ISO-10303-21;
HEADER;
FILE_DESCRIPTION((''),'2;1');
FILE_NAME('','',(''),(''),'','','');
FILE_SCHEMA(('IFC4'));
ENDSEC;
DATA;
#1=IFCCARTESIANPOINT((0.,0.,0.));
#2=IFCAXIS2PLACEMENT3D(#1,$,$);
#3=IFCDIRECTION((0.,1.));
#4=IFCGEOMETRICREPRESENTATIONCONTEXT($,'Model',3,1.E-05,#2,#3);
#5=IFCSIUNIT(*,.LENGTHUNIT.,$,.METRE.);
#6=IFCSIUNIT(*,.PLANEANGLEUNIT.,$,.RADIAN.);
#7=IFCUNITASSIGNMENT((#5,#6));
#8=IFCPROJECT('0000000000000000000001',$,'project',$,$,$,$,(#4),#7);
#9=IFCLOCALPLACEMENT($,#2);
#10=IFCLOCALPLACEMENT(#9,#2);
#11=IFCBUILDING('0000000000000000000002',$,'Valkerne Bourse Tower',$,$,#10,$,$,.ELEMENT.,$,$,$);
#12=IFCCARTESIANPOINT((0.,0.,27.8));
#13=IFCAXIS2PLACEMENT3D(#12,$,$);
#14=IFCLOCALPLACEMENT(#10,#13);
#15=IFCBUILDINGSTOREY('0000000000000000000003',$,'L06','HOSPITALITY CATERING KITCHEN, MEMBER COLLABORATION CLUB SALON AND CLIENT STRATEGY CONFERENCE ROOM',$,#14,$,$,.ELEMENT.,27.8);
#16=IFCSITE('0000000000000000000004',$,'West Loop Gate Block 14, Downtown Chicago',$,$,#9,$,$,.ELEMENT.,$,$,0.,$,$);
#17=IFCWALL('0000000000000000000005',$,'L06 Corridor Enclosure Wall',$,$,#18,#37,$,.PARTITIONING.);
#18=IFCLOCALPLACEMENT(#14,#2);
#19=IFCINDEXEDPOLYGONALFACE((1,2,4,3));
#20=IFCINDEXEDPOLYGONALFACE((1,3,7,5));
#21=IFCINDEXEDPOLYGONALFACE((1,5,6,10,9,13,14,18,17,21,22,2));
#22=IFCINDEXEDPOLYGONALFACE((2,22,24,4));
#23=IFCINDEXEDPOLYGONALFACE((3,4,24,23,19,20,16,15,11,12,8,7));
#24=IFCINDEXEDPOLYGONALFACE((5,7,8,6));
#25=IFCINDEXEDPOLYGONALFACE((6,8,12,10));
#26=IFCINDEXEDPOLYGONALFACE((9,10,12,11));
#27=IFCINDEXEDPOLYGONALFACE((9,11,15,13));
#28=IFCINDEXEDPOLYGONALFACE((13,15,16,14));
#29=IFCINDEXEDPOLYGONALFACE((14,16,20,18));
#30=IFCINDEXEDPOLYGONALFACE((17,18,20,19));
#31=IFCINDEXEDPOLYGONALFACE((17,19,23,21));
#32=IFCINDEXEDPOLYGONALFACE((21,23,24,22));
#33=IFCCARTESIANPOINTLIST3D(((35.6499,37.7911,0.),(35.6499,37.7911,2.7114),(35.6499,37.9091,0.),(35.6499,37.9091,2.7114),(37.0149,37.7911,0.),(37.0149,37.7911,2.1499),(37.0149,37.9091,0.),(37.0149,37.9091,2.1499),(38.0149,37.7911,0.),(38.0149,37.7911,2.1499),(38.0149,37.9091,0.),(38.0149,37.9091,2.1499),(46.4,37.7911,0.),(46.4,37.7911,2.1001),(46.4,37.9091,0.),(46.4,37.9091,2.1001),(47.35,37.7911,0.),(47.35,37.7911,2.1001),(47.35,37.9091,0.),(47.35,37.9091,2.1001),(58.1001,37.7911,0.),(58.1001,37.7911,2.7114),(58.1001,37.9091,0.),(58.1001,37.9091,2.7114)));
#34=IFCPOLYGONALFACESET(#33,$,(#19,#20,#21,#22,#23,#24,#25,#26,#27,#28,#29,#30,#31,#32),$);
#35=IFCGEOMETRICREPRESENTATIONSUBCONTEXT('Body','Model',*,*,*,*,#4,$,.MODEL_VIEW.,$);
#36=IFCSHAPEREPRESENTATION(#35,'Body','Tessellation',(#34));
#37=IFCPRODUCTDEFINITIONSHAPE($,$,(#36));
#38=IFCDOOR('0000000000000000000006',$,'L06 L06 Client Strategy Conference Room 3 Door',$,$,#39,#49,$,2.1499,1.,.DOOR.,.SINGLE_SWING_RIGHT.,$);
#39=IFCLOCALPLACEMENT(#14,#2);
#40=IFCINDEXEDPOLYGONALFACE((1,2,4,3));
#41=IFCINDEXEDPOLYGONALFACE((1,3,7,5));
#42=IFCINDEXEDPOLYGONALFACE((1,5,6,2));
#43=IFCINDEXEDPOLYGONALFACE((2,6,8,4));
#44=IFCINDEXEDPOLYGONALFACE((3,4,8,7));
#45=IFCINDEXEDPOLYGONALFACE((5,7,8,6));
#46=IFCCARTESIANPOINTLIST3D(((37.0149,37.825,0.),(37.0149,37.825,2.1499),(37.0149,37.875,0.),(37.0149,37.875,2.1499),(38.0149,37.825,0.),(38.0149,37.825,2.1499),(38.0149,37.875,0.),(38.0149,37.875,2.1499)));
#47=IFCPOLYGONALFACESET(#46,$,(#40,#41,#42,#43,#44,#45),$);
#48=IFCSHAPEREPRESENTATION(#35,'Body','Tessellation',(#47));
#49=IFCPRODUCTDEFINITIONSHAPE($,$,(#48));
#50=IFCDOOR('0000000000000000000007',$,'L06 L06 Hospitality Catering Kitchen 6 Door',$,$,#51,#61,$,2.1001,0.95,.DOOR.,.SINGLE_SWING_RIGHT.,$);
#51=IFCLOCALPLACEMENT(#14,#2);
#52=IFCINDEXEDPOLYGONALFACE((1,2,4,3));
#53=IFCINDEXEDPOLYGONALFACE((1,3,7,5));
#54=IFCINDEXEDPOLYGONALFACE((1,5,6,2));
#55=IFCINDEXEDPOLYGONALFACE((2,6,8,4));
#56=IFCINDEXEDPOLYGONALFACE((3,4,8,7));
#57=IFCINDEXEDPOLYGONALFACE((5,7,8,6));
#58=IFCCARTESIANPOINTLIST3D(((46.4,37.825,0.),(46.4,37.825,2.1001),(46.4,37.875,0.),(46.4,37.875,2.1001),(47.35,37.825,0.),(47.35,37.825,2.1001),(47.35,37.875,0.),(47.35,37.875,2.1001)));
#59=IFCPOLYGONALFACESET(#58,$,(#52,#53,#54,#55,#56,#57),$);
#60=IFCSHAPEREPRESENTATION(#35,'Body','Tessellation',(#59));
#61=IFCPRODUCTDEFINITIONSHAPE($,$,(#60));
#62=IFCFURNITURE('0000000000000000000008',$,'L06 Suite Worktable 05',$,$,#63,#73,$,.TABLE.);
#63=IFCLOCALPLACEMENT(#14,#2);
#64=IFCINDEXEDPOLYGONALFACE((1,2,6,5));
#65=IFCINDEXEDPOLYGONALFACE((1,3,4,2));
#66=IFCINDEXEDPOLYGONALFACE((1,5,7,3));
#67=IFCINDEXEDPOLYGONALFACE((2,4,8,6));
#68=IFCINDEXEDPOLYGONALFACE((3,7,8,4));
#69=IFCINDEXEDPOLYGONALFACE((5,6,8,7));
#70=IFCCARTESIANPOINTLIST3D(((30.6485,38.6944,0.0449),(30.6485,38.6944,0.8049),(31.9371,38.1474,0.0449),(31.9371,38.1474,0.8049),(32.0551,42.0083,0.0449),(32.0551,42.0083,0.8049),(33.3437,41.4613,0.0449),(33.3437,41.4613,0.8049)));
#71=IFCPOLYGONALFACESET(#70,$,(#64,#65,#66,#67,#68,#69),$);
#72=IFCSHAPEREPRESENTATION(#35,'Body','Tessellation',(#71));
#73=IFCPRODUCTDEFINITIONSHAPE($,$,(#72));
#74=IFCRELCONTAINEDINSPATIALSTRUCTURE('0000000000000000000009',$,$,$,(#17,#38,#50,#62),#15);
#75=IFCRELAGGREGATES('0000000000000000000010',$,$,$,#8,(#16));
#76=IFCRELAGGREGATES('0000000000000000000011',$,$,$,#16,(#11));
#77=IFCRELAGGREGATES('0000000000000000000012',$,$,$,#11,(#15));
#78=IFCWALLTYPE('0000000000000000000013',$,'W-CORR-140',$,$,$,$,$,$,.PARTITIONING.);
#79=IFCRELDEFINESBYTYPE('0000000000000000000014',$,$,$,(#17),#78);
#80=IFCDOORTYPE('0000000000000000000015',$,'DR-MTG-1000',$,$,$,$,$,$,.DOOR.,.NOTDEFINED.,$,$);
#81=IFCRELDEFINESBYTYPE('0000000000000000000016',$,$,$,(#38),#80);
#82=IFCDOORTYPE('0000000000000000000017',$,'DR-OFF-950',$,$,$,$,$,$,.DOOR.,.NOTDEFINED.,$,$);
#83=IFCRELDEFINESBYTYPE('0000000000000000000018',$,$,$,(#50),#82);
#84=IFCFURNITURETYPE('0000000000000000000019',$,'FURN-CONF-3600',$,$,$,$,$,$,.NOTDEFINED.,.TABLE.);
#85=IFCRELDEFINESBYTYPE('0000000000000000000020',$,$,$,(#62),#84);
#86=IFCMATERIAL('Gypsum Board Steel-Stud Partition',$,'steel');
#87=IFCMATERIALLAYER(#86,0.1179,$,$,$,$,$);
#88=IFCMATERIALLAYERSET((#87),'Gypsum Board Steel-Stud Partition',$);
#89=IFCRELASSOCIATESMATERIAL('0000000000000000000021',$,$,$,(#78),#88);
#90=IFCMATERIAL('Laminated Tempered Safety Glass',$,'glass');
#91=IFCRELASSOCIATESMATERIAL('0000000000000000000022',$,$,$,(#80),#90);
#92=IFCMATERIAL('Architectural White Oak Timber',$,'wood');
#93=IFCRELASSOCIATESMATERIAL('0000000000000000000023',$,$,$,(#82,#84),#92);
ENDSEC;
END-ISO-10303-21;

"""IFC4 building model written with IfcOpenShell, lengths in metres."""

from ifc_helpers import new_model, si_unit, direction, frame, frame_2d, origin, origin_2d, place, context, subcontext, project, spatial, rectangle, extrude, material, layer, layer_set, type_object, element, fill, save


model = new_model("IFC4")

# Units and contexts
model_context = context("Model", 3, precision=1e-05, world=origin(), true_north=direction((0.0, 1.0)))
body_context = subcontext(model_context, "Body", "Model", "MODEL_VIEW")
ifc_project = project(units=[si_unit("LENGTHUNIT", "METRE"), si_unit("PLANEANGLEUNIT", "RADIAN")], contexts=[model_context])

# Site, building, storey
site_placement = place(None, origin())
site = spatial("IfcSite", under=ifc_project, at=site_placement, Name="West Loop Gate Block 14, Downtown Chicago", CompositionType="ELEMENT", RefElevation=0.0)
building_placement = place(site_placement, origin())
building = spatial("IfcBuilding", under=site, at=building_placement, Name="Valkerne Bourse Tower", CompositionType="ELEMENT")
storey_placement = place(building_placement, frame((0.0, 0.0, 27.8)))
storey = spatial("IfcBuildingStorey", under=building, at=storey_placement, Name="L06", Description="HOSPITALITY CATERING KITCHEN, MEMBER COLLABORATION CLUB SALON AND CLIENT STRATEGY CONFERENCE ROOM", CompositionType="ELEMENT", Elevation=27.8)

# Wall, openings, doors
ifc_material_1 = material(Name="Gypsum Board Steel-Stud Partition", Category="steel")
ifc_layer_1 = layer(ifc_material_1, 0.1179)
ifc_layer_set_1 = layer_set([ifc_layer_1], Name="Gypsum Board Steel-Stud Partition")
wall_type = type_object("IfcWallType", Name="W-CORR-140", PredefinedType="PARTITIONING", material=ifc_layer_set_1)
wall_placement = place(storey_placement, frame((35.6499, 37.8501, 0.0), z_axis=(0.0, 0.0, 1.0), x_axis=(1.0, 0.0, 0.0)))
wall = element("IfcWall", 1, at=wall_placement, inside=storey, type_object=wall_type, Name="L06 Corridor Enclosure Wall", PredefinedType="PARTITIONING", context=body_context, shape_type="SweptSolid", body=[
    extrude(rectangle(XDim=22.4502, YDim=0.1179, at=frame_2d((11.2251, 0.0))), origin(), (0.0, 0.0, 1.0), 2.7114),
])
opening_1_placement = place(wall_placement, frame((1.365, 0.0, 0.0)))
opening_1 = element("IfcOpeningElement", 2, at=opening_1_placement, cuts=wall, PredefinedType="OPENING", context=body_context, shape_type="SweptSolid", body=[
    extrude(rectangle(XDim=1.0, YDim=2.1499, at=frame_2d((0.5, 1.075))), frame((0.0, 0.0688, 0.0), z_axis=(0.0, -1.0, 0.0), x_axis=(1.0, 0.0, 0.0)), (0.0, 0.0, 1.0), 0.1379),
])
opening_2_placement = place(wall_placement, frame((10.75, 0.0, 0.0)))
opening_2 = element("IfcOpeningElement", 3, at=opening_2_placement, cuts=wall, PredefinedType="OPENING", context=body_context, shape_type="SweptSolid", body=[
    extrude(rectangle(XDim=0.95, YDim=2.1001, at=frame_2d((0.4751, 1.05))), frame((0.0, 0.0688, 0.0), z_axis=(0.0, -1.0, 0.0), x_axis=(1.0, 0.0, 0.0)), (0.0, 0.0, 1.0), 0.1379),
])
ifc_material_2 = material(Name="Laminated Tempered Safety Glass", Category="glass")
door_type_1 = type_object("IfcDoorType", Name="DR-MTG-1000", OperationType="NOTDEFINED", PredefinedType="DOOR", material=ifc_material_2)
door_1_placement = place(opening_1_placement, origin())
door_1 = element("IfcDoor", 4, at=door_1_placement, inside=storey, type_object=door_type_1, Name="L06 L06 Client Strategy Conference Room 3 Door", OperationType="SINGLE_SWING_RIGHT", OverallHeight=2.1499, OverallWidth=1.0, PredefinedType="DOOR", context=body_context, shape_type="SweptSolid", body=[
    extrude(rectangle(XDim=1.0, YDim=2.1499, at=frame_2d((0.5, 1.075))), frame((0.0, 0.0249, 0.0), z_axis=(0.0, -1.0, 0.0), x_axis=(1.0, 0.0, 0.0)), (0.0, 0.0, 1.0), 0.05),
])
fill(opening_1, door_1)
ifc_material_3 = material(Name="Architectural White Oak Timber", Category="wood")
door_type_2 = type_object("IfcDoorType", Name="DR-OFF-950", OperationType="NOTDEFINED", PredefinedType="DOOR", material=ifc_material_3)
door_2_placement = place(opening_2_placement, origin())
door_2 = element("IfcDoor", 5, at=door_2_placement, inside=storey, type_object=door_type_2, Name="L06 L06 Hospitality Catering Kitchen 6 Door", OperationType="SINGLE_SWING_RIGHT", OverallHeight=2.1001, OverallWidth=0.95, PredefinedType="DOOR", context=body_context, shape_type="SweptSolid", body=[
    extrude(rectangle(XDim=0.95, YDim=2.1001, at=frame_2d((0.4751, 1.05))), frame((0.0, 0.0249, 0.0), z_axis=(0.0, -1.0, 0.0), x_axis=(1.0, 0.0, 0.0)), (0.0, 0.0, 1.0), 0.05),
])
fill(opening_2, door_2)

# Furniture
furniture_type = type_object("IfcFurnitureType", Name="FURN-CONF-3600", AssemblyPlace="NOTDEFINED", PredefinedType="TABLE", material=ifc_material_3)
furniture_placement = place(storey_placement, frame((31.9961, 40.0779, 0.0449), z_axis=(0.0, 0.0, 1.0), x_axis=(0.390731, 0.920505, 0.0)))
element("IfcFurniture", 6, at=furniture_placement, inside=storey, type_object=furniture_type, Name="L06 Suite Worktable 05", PredefinedType="TABLE", context=body_context, shape_type="SweptSolid", body=[
    extrude(rectangle(XDim=3.6001, YDim=1.3999, at=origin_2d()), origin(), (0.0, 0.0, 1.0), 0.76),
])

save(model, "model.ifc")
